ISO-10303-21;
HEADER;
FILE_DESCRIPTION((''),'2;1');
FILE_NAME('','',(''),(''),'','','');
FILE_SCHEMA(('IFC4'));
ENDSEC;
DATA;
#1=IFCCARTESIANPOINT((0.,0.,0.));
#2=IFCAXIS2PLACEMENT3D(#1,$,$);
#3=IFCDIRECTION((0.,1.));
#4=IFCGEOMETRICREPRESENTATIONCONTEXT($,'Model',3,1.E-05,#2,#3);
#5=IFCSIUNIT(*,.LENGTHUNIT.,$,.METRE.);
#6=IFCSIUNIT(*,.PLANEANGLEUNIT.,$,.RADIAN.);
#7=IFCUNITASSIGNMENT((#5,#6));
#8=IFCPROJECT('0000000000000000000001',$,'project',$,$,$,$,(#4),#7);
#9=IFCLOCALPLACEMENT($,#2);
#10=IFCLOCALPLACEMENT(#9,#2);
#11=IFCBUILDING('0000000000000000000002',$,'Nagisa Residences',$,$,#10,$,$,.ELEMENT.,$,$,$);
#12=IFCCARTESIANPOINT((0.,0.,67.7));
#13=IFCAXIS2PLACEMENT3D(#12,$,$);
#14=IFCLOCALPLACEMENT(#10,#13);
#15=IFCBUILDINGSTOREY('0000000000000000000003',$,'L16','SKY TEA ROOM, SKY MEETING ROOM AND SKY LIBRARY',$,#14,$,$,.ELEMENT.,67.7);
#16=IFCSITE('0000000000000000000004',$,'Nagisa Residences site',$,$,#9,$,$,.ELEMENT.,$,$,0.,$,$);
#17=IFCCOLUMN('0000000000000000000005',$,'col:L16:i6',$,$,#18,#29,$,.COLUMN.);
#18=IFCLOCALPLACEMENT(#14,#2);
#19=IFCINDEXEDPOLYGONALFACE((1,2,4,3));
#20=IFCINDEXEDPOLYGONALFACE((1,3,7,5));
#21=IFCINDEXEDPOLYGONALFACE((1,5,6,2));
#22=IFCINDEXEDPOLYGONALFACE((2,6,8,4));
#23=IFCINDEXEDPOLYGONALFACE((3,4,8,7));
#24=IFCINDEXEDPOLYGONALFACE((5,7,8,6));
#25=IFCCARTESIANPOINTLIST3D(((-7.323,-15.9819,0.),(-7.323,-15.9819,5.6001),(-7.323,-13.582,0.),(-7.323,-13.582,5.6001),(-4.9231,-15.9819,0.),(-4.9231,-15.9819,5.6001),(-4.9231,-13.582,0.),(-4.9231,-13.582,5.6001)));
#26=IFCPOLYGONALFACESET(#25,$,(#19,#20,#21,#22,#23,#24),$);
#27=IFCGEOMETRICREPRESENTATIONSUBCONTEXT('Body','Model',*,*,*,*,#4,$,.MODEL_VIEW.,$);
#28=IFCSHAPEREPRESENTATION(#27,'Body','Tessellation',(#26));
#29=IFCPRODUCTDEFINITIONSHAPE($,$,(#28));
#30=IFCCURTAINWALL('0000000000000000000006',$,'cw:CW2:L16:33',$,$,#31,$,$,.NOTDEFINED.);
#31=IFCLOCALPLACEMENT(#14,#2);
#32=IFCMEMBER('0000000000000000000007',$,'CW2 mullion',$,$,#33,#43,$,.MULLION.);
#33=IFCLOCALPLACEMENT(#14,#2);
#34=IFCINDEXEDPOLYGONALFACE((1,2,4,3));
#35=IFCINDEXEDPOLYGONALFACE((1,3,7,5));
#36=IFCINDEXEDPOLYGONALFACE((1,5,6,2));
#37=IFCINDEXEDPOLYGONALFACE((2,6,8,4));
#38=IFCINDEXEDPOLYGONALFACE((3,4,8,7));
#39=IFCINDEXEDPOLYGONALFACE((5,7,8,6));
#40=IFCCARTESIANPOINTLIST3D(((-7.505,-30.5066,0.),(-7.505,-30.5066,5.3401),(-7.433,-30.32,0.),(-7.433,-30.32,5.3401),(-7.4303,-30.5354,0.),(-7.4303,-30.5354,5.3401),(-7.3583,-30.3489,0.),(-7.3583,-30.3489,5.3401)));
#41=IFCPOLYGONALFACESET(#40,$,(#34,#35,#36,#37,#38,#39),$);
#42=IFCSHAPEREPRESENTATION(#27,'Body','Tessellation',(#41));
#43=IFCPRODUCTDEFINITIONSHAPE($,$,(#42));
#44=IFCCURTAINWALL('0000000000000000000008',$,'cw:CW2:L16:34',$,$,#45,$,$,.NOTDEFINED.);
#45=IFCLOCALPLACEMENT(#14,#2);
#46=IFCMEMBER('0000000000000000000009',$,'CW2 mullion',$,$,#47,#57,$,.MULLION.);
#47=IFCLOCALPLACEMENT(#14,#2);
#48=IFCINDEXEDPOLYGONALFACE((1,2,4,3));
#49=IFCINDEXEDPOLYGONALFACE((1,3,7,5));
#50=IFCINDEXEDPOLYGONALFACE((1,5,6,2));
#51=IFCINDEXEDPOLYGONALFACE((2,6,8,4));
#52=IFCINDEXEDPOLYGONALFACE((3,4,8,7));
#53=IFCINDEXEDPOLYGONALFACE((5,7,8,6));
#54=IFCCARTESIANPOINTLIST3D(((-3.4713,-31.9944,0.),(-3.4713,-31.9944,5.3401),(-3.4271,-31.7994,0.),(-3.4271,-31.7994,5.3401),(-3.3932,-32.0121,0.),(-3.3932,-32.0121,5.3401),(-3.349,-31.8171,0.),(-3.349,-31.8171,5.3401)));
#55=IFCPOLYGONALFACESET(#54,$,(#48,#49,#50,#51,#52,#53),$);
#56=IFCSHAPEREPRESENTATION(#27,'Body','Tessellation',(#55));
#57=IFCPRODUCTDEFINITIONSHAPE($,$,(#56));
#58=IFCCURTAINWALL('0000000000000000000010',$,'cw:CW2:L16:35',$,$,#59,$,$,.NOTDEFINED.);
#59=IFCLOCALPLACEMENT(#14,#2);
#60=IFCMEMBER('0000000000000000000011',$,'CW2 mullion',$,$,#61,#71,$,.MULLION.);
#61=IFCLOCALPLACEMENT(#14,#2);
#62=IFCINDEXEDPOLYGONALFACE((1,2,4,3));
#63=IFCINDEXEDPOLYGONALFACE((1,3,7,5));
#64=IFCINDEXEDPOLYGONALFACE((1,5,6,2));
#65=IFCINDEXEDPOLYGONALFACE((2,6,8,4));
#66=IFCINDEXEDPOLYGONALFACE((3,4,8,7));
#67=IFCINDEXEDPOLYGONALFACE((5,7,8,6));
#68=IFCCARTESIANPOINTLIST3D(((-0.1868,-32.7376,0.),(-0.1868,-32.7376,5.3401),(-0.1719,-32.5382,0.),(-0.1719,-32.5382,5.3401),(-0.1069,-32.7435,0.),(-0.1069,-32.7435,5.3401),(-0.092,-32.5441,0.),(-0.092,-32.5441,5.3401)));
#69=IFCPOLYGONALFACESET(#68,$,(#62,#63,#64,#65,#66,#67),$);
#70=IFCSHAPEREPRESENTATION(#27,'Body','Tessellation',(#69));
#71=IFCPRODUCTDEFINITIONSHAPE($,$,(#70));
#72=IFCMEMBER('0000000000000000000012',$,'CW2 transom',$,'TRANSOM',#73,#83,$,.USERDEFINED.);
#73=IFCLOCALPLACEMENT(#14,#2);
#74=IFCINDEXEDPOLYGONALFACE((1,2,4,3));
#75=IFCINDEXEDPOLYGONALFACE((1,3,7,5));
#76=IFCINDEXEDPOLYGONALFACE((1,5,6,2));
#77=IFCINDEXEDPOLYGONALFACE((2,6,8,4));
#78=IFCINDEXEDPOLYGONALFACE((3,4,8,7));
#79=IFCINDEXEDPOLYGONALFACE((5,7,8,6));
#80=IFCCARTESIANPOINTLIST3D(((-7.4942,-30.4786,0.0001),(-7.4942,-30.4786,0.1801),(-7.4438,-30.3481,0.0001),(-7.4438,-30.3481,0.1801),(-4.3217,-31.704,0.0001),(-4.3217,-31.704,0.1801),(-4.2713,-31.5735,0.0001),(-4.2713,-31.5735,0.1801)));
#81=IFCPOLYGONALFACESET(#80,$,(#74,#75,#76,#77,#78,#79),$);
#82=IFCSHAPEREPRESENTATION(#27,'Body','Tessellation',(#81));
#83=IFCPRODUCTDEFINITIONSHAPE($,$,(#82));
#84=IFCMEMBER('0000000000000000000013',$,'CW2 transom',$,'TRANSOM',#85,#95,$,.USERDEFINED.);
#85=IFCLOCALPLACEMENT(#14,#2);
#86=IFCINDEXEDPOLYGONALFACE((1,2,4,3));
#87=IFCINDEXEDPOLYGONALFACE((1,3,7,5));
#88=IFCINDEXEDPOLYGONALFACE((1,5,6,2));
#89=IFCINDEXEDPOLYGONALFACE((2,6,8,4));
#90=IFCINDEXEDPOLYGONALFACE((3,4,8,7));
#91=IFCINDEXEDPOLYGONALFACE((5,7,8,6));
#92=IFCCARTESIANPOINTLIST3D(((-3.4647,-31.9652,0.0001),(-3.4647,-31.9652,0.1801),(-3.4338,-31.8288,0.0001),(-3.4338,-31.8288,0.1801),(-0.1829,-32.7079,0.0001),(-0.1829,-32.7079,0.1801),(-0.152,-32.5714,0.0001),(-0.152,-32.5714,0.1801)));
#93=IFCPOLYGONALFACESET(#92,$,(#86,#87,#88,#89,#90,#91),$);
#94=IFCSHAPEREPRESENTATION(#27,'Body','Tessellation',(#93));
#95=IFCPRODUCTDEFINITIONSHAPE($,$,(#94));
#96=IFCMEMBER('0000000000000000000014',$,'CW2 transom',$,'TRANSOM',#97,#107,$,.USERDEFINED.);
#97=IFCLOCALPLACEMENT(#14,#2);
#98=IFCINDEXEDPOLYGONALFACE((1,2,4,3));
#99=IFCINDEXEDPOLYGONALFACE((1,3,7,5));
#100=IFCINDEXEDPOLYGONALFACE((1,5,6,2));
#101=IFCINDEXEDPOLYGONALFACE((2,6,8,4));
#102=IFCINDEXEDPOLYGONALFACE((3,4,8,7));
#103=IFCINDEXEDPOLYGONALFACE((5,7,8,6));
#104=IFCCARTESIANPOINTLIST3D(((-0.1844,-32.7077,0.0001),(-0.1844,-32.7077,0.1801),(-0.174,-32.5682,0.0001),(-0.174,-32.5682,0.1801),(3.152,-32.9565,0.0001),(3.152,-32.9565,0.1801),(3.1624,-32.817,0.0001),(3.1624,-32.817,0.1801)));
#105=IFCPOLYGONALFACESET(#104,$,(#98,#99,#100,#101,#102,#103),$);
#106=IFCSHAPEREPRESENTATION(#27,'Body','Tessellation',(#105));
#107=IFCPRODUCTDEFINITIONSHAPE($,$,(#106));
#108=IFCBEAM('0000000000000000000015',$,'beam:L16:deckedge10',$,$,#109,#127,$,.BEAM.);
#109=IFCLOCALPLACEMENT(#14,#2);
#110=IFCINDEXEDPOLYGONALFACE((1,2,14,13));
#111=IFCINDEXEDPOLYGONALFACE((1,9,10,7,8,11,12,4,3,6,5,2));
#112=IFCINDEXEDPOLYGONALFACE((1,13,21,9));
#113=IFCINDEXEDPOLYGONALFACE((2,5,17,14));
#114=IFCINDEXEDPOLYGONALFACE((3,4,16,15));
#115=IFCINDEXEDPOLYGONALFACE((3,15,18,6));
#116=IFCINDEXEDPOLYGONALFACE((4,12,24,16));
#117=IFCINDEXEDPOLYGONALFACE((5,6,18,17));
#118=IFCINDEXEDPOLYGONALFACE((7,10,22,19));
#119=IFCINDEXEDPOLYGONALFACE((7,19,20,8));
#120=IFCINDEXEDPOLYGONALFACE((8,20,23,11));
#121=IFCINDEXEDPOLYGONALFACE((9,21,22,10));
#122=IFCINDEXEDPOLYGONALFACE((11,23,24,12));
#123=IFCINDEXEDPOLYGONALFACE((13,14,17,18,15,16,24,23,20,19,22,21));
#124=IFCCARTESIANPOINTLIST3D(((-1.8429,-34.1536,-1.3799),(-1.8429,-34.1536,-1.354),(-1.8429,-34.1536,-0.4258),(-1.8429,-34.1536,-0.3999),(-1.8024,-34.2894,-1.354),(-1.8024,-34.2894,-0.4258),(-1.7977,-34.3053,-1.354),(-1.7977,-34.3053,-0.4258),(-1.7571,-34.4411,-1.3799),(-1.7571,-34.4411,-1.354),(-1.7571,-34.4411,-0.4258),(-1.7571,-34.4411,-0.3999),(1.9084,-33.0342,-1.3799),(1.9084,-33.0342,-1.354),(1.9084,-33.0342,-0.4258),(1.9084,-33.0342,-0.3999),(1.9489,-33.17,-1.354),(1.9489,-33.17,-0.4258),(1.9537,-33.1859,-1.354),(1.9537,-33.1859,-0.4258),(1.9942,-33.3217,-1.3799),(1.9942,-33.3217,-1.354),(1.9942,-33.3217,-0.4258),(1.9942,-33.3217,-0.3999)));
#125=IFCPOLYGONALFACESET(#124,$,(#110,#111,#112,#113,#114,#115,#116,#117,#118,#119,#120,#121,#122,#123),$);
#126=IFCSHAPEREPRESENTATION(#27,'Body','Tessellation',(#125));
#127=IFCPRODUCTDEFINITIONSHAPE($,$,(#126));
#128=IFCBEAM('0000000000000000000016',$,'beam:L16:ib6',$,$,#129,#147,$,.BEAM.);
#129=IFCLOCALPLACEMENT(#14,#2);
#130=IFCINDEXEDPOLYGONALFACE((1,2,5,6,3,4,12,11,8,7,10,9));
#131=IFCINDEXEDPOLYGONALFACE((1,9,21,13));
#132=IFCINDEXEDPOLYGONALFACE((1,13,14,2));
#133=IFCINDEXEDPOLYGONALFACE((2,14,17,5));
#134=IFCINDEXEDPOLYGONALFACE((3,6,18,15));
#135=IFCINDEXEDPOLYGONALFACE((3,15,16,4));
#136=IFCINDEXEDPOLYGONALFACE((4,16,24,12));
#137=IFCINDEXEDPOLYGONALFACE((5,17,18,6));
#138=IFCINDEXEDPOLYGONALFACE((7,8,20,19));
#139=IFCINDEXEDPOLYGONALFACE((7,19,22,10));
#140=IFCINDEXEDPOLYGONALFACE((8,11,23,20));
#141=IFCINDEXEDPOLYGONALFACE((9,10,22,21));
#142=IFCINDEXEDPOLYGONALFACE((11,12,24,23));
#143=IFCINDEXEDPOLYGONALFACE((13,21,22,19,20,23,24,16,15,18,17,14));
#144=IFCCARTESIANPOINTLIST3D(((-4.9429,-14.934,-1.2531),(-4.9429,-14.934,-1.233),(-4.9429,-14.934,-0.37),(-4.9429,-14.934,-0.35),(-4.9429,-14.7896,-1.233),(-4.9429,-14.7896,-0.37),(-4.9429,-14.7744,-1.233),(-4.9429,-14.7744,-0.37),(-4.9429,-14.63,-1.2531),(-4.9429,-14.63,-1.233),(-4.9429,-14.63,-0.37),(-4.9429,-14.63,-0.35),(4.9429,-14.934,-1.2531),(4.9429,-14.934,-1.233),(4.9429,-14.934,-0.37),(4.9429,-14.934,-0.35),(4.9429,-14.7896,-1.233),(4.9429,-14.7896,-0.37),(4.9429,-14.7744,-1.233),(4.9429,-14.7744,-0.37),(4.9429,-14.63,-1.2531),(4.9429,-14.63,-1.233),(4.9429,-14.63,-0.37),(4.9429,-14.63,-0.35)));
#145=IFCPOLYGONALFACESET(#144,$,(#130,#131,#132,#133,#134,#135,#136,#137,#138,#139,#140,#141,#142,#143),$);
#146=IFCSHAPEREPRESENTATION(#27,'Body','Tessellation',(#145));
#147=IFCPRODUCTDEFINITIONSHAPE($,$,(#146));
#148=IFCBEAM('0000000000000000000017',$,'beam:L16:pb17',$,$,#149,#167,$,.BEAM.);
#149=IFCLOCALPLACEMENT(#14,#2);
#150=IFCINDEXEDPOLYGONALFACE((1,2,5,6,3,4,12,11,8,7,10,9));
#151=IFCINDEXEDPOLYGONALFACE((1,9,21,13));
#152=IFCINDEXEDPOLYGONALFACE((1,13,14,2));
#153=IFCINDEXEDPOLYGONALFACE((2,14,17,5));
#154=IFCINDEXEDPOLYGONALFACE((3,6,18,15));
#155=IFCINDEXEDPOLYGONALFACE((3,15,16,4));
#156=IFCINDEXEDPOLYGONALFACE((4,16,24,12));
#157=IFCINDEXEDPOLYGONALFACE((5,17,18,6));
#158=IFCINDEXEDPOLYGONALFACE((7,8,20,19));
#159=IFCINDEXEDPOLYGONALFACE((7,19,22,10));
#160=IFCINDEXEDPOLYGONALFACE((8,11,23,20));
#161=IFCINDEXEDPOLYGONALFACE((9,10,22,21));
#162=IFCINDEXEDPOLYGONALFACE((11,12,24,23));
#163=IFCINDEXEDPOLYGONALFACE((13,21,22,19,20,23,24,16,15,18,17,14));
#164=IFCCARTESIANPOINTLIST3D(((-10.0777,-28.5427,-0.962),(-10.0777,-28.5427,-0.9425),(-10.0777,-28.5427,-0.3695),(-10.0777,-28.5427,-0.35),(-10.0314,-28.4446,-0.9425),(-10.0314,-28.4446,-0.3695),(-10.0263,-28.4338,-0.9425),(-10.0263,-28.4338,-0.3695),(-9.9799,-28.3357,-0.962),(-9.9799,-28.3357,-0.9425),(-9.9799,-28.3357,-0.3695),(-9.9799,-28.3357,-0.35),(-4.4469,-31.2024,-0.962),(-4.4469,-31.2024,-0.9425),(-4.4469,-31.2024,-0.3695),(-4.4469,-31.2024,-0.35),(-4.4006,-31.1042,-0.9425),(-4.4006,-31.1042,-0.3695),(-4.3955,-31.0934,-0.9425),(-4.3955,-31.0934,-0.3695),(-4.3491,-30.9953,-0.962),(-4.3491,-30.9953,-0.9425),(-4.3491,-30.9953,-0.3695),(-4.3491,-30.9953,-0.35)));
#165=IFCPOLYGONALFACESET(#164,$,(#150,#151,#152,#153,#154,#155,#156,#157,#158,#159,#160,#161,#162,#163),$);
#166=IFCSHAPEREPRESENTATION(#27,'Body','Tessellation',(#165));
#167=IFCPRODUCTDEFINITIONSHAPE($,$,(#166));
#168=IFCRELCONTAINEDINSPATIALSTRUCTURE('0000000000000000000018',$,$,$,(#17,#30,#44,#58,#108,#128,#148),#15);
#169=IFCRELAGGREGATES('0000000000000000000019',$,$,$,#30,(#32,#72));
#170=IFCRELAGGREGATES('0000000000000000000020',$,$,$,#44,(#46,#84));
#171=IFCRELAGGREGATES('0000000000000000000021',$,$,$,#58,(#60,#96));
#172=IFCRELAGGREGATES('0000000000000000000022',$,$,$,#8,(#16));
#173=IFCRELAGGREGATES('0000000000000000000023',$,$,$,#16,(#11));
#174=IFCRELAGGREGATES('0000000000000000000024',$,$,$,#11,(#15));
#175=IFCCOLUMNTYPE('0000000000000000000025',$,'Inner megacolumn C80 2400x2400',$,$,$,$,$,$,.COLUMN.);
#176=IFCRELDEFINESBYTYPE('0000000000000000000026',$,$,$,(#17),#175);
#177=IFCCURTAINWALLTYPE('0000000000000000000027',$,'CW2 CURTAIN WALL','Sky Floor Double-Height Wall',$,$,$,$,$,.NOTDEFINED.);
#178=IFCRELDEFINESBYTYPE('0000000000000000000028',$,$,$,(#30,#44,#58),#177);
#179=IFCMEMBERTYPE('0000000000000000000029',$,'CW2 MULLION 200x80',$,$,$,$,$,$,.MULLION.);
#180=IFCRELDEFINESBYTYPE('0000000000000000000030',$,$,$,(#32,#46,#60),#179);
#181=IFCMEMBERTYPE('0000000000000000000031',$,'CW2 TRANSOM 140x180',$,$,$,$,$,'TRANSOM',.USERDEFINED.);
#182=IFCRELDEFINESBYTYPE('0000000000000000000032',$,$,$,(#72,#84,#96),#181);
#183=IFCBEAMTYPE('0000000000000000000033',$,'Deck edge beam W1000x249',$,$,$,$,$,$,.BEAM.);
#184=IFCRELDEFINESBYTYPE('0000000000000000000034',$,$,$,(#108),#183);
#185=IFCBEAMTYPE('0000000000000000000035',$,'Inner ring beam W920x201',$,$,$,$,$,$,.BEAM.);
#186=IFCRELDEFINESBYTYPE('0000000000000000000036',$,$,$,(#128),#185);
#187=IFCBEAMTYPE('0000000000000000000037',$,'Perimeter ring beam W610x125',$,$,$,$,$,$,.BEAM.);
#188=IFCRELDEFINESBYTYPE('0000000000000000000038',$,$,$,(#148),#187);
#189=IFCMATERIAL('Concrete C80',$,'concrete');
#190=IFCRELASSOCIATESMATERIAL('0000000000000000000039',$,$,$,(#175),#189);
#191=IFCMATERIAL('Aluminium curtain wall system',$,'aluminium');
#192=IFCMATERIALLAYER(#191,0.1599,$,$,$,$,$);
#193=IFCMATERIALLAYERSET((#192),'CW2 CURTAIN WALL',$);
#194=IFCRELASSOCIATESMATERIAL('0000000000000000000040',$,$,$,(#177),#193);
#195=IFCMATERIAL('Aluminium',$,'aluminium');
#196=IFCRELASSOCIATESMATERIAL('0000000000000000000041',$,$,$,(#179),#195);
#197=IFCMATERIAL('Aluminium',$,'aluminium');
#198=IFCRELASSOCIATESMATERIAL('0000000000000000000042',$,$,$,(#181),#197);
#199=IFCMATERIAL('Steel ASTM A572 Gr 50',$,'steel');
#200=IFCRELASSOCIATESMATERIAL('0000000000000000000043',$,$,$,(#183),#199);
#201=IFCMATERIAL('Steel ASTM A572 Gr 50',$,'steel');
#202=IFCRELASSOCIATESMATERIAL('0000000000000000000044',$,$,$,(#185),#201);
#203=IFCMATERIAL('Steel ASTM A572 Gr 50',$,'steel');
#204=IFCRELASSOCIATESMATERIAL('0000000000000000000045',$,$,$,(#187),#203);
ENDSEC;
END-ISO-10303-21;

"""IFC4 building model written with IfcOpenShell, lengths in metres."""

from ifc_helpers import new_model, si_unit, direction, frame, origin, origin_2d, place, context, subcontext, project, spatial, rectangle, i_section, extrude, material, layer, layer_set, material_profile, profile_set, type_object, element, aggregate, save


model = new_model("IFC4")

# Units and contexts
model_context = context("Model", 3, precision=1e-05, world=origin(), true_north=direction((0.0, 1.0)))
body_context = subcontext(model_context, "Body", "Model", "MODEL_VIEW")
ifc_project = project(units=[si_unit("LENGTHUNIT", "METRE"), si_unit("PLANEANGLEUNIT", "RADIAN")], contexts=[model_context])

# Site, building, storey
site_placement = place(None, origin())
site = spatial("IfcSite", under=ifc_project, at=site_placement, Name="Nagisa Residences site", CompositionType="ELEMENT", RefElevation=0.0)
building_placement = place(site_placement, origin())
building = spatial("IfcBuilding", under=site, at=building_placement, Name="Nagisa Residences", CompositionType="ELEMENT")
storey_placement = place(building_placement, frame((0.0, 0.0, 67.7)))
storey = spatial("IfcBuildingStorey", under=building, at=storey_placement, Name="L16", Description="SKY TEA ROOM, SKY MEETING ROOM AND SKY LIBRARY", CompositionType="ELEMENT", Elevation=67.7)

# Column
ifc_material_1 = material(Name="Concrete C80", Category="concrete")
ifc_material_profile_1 = material_profile(ifc_material_1, rectangle(XDim=2.3999, YDim=2.3999, at=origin_2d()), Name="C80 2400x2400")
ifc_profile_set_1 = profile_set([ifc_material_profile_1], Name="Concrete C80")
column_type = type_object("IfcColumnType", Name="Inner megacolumn C80 2400x2400", PredefinedType="COLUMN", material=ifc_profile_set_1)
column_placement = place(storey_placement, frame((-6.123, -14.782, 0.0), z_axis=(0.0, 0.0, 1.0), x_axis=(1.0, 0.0, 0.0)))
element("IfcColumn", 1, at=column_placement, inside=storey, type_object=column_type, Name="col:L16:i6", PredefinedType="COLUMN", context=body_context, shape_type="SweptSolid", body=[
    extrude(rectangle(XDim=2.3999, YDim=2.3999, at=origin_2d()), origin(), (0.0, 0.0, 1.0), 5.6001),
])

# Curtain walls, members
ifc_material_2 = material(Name="Aluminium curtain wall system", Category="aluminium")
ifc_layer_1 = layer(ifc_material_2, 0.1599)
ifc_layer_set_1 = layer_set([ifc_layer_1], Name="CW2 CURTAIN WALL")
curtain_wall_type = type_object("IfcCurtainWallType", Name="CW2 CURTAIN WALL", Description="Sky Floor Double-Height Wall", PredefinedType="NOTDEFINED", material=ifc_layer_set_1)
curtain_wall_1_placement = place(storey_placement, origin())
curtain_wall_1 = element("IfcCurtainWall", 2, at=curtain_wall_1_placement, inside=storey, type_object=curtain_wall_type, Name="cw:CW2:L16:33", PredefinedType="NOTDEFINED")
ifc_material_3 = material(Name="Aluminium", Category="aluminium")
ifc_material_profile_2 = material_profile(ifc_material_3, rectangle(XDim=0.2, YDim=0.0801, at=origin_2d()), Name="CW2 MULLION 200x80")
ifc_profile_set_2 = profile_set([ifc_material_profile_2], Name="Aluminium")
member_type_1 = type_object("IfcMemberType", Name="CW2 MULLION 200x80", PredefinedType="MULLION", material=ifc_profile_set_2)
member_1_placement = place(storey_placement, frame((-7.4316, -30.4277, 0.0), z_axis=(0.0, 0.0, 1.0), x_axis=(0.360328, 0.932826, 0.0)))
member_1 = element("IfcMember", 3, at=member_1_placement, type_object=member_type_1, Name="CW2 mullion", PredefinedType="MULLION", context=body_context, shape_type="SweptSolid", body=[
    extrude(rectangle(XDim=0.2, YDim=0.0801, at=origin_2d()), origin(), (0.0, 0.0, 1.0), 5.3401),
])
curtain_wall_2_placement = place(storey_placement, origin())
curtain_wall_2 = element("IfcCurtainWall", 4, at=curtain_wall_2_placement, inside=storey, type_object=curtain_wall_type, Name="cw:CW2:L16:34", PredefinedType="NOTDEFINED")
member_2_placement = place(storey_placement, frame((-3.4102, -31.9058, 0.0), z_axis=(0.0, 0.0, 1.0), x_axis=(0.220764, 0.975327, 0.0)))
member_2 = element("IfcMember", 5, at=member_2_placement, type_object=member_type_1, Name="CW2 mullion", PredefinedType="MULLION", context=body_context, shape_type="SweptSolid", body=[
    extrude(rectangle(XDim=0.2, YDim=0.0801, at=origin_2d()), origin(), (0.0, 0.0, 1.0), 5.3401),
])
curtain_wall_3_placement = place(storey_placement, origin())
curtain_wall_3 = element("IfcCurtainWall", 6, at=curtain_wall_3_placement, inside=storey, type_object=curtain_wall_type, Name="cw:CW2:L16:35", PredefinedType="NOTDEFINED")
member_3_placement = place(storey_placement, frame((-0.1394, -32.6409, 0.0), z_axis=(0.0, 0.0, 1.0), x_axis=(0.074377, 0.99723, 0.0)))
member_3 = element("IfcMember", 7, at=member_3_placement, type_object=member_type_1, Name="CW2 mullion", PredefinedType="MULLION", context=body_context, shape_type="SweptSolid", body=[
    extrude(rectangle(XDim=0.2, YDim=0.0801, at=origin_2d()), origin(), (0.0, 0.0, 1.0), 5.3401),
])

# Members
ifc_material_4 = material(Name="Aluminium", Category="aluminium")
ifc_material_profile_3 = material_profile(ifc_material_4, rectangle(XDim=0.1399, YDim=0.1799, at=origin_2d()), Name="CW2 TRANSOM 140x180")
ifc_profile_set_3 = profile_set([ifc_material_profile_3], Name="Aluminium")
member_type_2 = type_object("IfcMemberType", Name="CW2 TRANSOM 140x180", ElementType="TRANSOM", PredefinedType="USERDEFINED", material=ifc_profile_set_3)
member_4_placement = place(storey_placement, frame((-7.469, -30.4133, 0.0901), z_axis=(0.932832, -0.360311, 0.0), x_axis=(0.360311, 0.932832, 0.0)))
member_4 = element("IfcMember", 8, at=member_4_placement, type_object=member_type_2, Name="CW2 transom", ObjectType="TRANSOM", PredefinedType="USERDEFINED", context=body_context, shape_type="SweptSolid", body=[
    extrude(rectangle(XDim=0.1399, YDim=0.1799, at=origin_2d()), origin(), (0.0, 0.0, 1.0), 3.4009),
])
aggregate(curtain_wall_1, [member_1, member_4])
member_5_placement = place(storey_placement, frame((-3.4492, -31.897, 0.0901), z_axis=(0.975336, -0.220724, 0.0), x_axis=(0.220724, 0.975336, 0.0)))
member_5 = element("IfcMember", 9, at=member_5_placement, type_object=member_type_2, Name="CW2 transom", ObjectType="TRANSOM", PredefinedType="USERDEFINED", context=body_context, shape_type="SweptSolid", body=[
    extrude(rectangle(XDim=0.1399, YDim=0.1799, at=origin_2d()), origin(), (0.0, 0.0, 1.0), 3.3647),
])
aggregate(curtain_wall_2, [member_2, member_5])
member_6_placement = place(storey_placement, frame((-0.1792, -32.6379, 0.0901), z_axis=(0.997232, -0.074358, 0.0), x_axis=(0.074358, 0.997232, 0.0)))
member_6 = element("IfcMember", 10, at=member_6_placement, type_object=member_type_2, Name="CW2 transom", ObjectType="TRANSOM", PredefinedType="USERDEFINED", context=body_context, shape_type="SweptSolid", body=[
    extrude(rectangle(XDim=0.1399, YDim=0.1799, at=origin_2d()), origin(), (0.0, 0.0, 1.0), 3.3457),
])
aggregate(curtain_wall_3, [member_3, member_6])

# Beams
ifc_material_5 = material(Name="Steel ASTM A572 Gr 50", Category="steel")
ifc_material_profile_4 = material_profile(ifc_material_5, i_section(OverallWidth=0.3, OverallDepth=0.98, WebThickness=0.0166, FlangeThickness=0.0259, at=origin_2d()), Name="W1000x249")
ifc_profile_set_4 = profile_set([ifc_material_profile_4], Name="Steel ASTM A572 Gr 50")
beam_type_1 = type_object("IfcBeamType", Name="Deck edge beam W1000x249", PredefinedType="BEAM", material=ifc_profile_set_4)
beam_1_placement = place(storey_placement, frame((-1.8, -34.2974, -0.8899), z_axis=(0.958246, 0.285946, 0.0), x_axis=(-0.285946, 0.958246, 0.0)))
element("IfcBeam", 11, at=beam_1_placement, inside=storey, type_object=beam_type_1, Name="beam:L16:deckedge10", PredefinedType="BEAM", context=body_context, shape_type="SweptSolid", body=[
    extrude(i_section(OverallWidth=0.3, OverallDepth=0.98, WebThickness=0.0166, FlangeThickness=0.0259, at=origin_2d()), origin(), (0.0, 0.0, 1.0), 3.9148),
])
ifc_material_6 = material(Name="Steel ASTM A572 Gr 50", Category="steel")
ifc_material_profile_5 = material_profile(ifc_material_6, i_section(OverallWidth=0.304, OverallDepth=0.9031, WebThickness=0.0151, FlangeThickness=0.02, at=origin_2d()), Name="W920x201")
ifc_profile_set_5 = profile_set([ifc_material_profile_5], Name="Steel ASTM A572 Gr 50")
beam_type_2 = type_object("IfcBeamType", Name="Inner ring beam W920x201", PredefinedType="BEAM", material=ifc_profile_set_5)
beam_2_placement = place(storey_placement, frame((-4.9429, -14.782, -0.8015), z_axis=(1.0, 0.0, 0.0), x_axis=(0.0, 1.0, 0.0)))
element("IfcBeam", 12, at=beam_2_placement, inside=storey, type_object=beam_type_2, Name="beam:L16:ib6", PredefinedType="BEAM", context=body_context, shape_type="SweptSolid", body=[
    extrude(i_section(OverallWidth=0.304, OverallDepth=0.9031, WebThickness=0.0151, FlangeThickness=0.02, at=origin_2d()), origin(), (0.0, 0.0, 1.0), 9.8857),
])
ifc_material_7 = material(Name="Steel ASTM A572 Gr 50", Category="steel")
ifc_material_profile_6 = material_profile(ifc_material_7, i_section(OverallWidth=0.229, OverallDepth=0.6121, WebThickness=0.012, FlangeThickness=0.0195, at=origin_2d()), Name="W610x125")
ifc_profile_set_6 = profile_set([ifc_material_profile_6], Name="Steel ASTM A572 Gr 50")
beam_type_3 = type_object("IfcBeamType", Name="Perimeter ring beam W610x125", PredefinedType="BEAM", material=ifc_profile_set_6)
beam_3_placement = place(storey_placement, frame((-10.0288, -28.4392, -0.656), z_axis=(0.904208, -0.427092, 0.0), x_axis=(0.427092, 0.904208, 0.0)))
element("IfcBeam", 13, at=beam_3_placement, inside=storey, type_object=beam_type_3, Name="beam:L16:pb17", PredefinedType="BEAM", context=body_context, shape_type="SweptSolid", body=[
    extrude(i_section(OverallWidth=0.229, OverallDepth=0.6121, WebThickness=0.012, FlangeThickness=0.0195, at=origin_2d()), origin(), (0.0, 0.0, 1.0), 6.2273),
])

save(model, "model.ifc")
